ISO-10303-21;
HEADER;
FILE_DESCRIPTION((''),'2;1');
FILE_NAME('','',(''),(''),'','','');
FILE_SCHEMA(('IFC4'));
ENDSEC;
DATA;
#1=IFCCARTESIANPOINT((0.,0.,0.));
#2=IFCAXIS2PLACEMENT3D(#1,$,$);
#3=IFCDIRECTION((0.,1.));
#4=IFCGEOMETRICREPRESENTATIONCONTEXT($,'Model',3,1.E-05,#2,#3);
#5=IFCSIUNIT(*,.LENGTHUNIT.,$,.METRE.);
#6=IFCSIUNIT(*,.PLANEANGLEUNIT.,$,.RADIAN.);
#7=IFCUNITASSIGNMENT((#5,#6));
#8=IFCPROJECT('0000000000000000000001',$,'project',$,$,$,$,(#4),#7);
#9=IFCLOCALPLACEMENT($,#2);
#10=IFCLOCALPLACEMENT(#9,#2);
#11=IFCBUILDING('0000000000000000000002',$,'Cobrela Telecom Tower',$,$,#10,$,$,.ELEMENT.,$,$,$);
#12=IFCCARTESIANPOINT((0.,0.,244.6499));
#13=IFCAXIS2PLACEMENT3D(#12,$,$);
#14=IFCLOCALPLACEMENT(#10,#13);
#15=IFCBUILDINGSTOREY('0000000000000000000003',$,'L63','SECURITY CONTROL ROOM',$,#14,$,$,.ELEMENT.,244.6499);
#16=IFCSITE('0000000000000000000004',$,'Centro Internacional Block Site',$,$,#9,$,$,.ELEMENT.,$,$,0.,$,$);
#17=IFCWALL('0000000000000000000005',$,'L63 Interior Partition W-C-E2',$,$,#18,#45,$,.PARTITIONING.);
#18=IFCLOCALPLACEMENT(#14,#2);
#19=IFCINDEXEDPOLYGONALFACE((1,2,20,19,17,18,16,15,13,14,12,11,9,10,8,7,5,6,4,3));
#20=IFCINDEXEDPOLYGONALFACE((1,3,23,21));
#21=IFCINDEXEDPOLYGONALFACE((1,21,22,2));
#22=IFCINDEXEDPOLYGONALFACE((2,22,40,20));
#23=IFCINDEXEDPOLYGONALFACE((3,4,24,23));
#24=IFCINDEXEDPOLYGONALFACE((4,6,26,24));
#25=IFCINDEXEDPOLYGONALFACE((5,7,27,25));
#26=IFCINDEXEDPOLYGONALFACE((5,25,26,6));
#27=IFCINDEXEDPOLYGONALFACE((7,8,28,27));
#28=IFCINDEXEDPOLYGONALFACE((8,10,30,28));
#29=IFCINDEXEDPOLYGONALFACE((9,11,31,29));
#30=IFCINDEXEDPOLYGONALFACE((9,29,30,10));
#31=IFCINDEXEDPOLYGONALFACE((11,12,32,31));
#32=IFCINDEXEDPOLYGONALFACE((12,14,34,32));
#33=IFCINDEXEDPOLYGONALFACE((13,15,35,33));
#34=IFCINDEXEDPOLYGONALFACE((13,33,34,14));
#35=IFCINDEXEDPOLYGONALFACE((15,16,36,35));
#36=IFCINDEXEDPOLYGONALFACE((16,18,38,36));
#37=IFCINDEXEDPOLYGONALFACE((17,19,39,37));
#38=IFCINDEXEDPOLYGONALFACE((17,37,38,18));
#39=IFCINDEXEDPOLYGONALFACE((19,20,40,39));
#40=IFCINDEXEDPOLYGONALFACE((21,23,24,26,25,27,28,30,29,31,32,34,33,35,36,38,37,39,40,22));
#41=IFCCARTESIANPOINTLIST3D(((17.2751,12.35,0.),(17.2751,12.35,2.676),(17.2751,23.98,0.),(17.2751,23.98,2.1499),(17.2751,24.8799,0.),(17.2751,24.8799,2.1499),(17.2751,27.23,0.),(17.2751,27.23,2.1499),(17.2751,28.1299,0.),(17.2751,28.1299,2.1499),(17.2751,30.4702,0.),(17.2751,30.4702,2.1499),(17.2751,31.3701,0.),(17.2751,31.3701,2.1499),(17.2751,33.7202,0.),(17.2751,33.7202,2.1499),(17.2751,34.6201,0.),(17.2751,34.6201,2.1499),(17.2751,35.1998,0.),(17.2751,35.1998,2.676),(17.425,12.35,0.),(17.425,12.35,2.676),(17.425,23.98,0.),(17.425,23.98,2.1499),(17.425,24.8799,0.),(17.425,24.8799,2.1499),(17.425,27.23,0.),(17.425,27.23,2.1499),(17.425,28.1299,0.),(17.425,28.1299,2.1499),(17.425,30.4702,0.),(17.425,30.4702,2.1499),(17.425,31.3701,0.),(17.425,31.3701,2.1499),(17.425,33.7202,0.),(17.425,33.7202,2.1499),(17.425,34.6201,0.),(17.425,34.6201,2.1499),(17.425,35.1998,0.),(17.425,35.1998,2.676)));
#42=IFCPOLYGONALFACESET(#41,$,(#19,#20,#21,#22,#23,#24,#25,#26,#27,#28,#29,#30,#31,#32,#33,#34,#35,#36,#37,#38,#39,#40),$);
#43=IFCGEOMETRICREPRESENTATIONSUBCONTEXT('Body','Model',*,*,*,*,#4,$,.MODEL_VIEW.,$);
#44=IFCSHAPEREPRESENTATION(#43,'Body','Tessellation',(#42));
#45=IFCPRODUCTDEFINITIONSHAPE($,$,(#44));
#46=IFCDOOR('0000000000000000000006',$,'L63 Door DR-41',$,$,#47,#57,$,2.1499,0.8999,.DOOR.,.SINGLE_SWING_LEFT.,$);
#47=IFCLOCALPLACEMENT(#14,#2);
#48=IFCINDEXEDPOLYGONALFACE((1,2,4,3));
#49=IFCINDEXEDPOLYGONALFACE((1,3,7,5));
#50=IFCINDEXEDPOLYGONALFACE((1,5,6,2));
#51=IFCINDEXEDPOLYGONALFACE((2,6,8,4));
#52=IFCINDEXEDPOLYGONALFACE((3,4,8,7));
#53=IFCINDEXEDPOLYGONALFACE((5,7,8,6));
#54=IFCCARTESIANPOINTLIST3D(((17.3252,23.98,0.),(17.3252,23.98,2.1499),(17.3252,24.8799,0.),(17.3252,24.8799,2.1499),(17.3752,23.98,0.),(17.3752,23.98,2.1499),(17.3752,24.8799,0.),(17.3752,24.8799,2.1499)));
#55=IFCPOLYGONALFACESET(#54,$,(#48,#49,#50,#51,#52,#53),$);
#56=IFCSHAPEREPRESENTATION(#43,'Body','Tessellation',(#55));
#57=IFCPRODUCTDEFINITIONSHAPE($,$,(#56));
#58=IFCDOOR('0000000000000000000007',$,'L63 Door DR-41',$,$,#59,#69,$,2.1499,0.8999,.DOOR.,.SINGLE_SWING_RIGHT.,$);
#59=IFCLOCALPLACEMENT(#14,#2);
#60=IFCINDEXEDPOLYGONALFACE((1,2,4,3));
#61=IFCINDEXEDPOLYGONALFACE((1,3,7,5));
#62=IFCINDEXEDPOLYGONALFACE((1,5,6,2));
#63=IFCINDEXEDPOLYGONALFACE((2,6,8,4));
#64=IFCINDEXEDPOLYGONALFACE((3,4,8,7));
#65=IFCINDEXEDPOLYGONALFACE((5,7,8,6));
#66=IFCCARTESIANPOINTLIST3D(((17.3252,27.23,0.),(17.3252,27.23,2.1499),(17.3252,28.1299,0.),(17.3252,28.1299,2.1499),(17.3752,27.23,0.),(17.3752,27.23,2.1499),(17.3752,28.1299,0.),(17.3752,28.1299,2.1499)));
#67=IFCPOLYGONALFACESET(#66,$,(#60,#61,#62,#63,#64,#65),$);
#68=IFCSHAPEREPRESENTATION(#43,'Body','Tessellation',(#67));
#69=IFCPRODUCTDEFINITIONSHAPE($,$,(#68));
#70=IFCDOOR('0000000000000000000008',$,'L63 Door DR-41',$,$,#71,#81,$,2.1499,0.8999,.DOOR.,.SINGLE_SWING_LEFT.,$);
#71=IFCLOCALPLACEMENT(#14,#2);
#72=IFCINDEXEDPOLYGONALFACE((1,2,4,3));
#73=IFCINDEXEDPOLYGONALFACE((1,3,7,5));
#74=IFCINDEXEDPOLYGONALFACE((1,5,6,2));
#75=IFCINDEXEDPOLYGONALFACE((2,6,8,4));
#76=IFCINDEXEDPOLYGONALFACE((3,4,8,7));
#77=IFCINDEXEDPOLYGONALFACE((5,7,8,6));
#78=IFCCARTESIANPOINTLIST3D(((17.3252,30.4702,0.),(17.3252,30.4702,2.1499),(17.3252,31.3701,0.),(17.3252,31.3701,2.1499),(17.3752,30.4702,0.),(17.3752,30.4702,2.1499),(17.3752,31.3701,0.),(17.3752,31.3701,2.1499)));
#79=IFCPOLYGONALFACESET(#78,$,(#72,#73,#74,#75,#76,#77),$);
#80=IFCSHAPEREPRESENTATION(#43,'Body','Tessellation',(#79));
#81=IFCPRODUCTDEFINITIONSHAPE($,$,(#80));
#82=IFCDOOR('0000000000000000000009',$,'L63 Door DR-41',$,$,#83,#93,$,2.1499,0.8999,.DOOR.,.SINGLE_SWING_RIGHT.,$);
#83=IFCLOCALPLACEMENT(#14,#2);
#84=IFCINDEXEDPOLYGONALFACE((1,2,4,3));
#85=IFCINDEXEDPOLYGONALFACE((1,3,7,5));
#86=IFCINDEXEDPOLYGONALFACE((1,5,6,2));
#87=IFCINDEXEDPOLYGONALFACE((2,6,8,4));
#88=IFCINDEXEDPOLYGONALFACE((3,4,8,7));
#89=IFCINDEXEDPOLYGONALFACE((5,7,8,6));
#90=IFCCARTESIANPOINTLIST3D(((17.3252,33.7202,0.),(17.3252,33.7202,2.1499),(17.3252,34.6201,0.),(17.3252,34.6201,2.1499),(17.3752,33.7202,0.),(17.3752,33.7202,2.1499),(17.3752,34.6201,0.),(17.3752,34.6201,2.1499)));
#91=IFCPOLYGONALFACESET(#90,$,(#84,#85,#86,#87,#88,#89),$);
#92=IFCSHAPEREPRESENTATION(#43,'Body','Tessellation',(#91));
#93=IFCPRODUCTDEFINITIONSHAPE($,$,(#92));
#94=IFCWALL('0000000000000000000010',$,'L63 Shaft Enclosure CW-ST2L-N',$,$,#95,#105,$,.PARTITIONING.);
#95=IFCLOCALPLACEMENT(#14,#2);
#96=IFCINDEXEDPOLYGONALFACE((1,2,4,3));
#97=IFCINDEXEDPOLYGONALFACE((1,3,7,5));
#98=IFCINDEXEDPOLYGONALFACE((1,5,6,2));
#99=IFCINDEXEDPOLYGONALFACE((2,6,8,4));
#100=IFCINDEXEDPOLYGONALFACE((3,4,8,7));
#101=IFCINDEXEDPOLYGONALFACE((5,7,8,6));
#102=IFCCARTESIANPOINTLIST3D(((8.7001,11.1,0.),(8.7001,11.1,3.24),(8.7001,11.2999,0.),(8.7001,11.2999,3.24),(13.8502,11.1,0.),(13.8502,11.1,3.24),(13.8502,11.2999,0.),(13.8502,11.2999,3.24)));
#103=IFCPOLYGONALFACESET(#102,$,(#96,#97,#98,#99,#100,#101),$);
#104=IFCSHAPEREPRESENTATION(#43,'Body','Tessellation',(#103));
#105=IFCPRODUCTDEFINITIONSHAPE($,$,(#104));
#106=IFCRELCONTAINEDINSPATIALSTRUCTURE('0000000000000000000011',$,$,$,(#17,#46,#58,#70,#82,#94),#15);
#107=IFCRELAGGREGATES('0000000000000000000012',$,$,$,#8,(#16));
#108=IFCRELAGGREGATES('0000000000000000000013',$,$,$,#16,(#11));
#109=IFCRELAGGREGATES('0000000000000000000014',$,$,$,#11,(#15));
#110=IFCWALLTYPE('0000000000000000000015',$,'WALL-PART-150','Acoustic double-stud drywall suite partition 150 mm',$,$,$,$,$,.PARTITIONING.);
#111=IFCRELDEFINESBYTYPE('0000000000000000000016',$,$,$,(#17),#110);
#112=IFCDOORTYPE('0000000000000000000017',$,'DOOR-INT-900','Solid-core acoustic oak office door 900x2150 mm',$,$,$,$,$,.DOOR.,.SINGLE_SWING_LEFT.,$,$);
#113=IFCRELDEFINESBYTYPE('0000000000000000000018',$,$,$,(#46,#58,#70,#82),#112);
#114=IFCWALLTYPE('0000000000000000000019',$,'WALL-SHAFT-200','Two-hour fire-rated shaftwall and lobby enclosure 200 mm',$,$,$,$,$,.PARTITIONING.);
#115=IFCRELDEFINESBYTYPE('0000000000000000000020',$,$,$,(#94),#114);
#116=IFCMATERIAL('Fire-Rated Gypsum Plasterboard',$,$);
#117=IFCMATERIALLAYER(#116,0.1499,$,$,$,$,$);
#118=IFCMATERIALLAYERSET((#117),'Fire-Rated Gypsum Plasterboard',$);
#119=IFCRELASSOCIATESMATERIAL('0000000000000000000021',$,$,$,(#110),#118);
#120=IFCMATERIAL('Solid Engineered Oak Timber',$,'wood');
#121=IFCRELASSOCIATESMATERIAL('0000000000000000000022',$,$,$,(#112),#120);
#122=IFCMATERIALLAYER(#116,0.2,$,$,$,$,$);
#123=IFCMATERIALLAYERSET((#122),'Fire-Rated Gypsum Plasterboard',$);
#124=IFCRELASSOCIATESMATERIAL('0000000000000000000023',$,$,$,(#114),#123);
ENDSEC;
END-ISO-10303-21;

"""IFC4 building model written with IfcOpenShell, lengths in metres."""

from ifc_helpers import new_model, si_unit, direction, frame, frame_2d, origin, place, context, subcontext, project, spatial, rectangle, extrude, material, layer, layer_set, type_object, element, fill, save


model = new_model("IFC4")

# Units and contexts
model_context = context("Model", 3, precision=1e-05, world=origin(), true_north=direction((0.0, 1.0)))
body_context = subcontext(model_context, "Body", "Model", "MODEL_VIEW")
ifc_project = project(units=[si_unit("LENGTHUNIT", "METRE"), si_unit("PLANEANGLEUNIT", "RADIAN")], contexts=[model_context])

# Site, building, storey
site_placement = place(None, origin())
site = spatial("IfcSite", under=ifc_project, at=site_placement, Name="Centro Internacional Block Site", CompositionType="ELEMENT", RefElevation=0.0)
building_placement = place(site_placement, origin())
building = spatial("IfcBuilding", under=site, at=building_placement, Name="Cobrela Telecom Tower", CompositionType="ELEMENT")
storey_placement = place(building_placement, frame((0.0, 0.0, 244.6499)))
storey = spatial("IfcBuildingStorey", under=building, at=storey_placement, Name="L63", Description="SECURITY CONTROL ROOM", CompositionType="ELEMENT", Elevation=244.6499)

# Shared definitions
ifc_material_1 = material(Name="Fire-Rated Gypsum Plasterboard")
ifc_material_2 = material(Name="Solid Engineered Oak Timber", Category="wood")

# Shared definitions
ifc_layer_1 = layer(ifc_material_1, 0.1499)
ifc_layer_set_1 = layer_set([ifc_layer_1], Name="Fire-Rated Gypsum Plasterboard")
wall_type_1 = type_object("IfcWallType", Name="WALL-PART-150", Description="Acoustic double-stud drywall suite partition 150 mm", PredefinedType="PARTITIONING", material=ifc_layer_set_1)

# Wall, openings, doors
wall_1_placement = place(storey_placement, frame((17.3501, 12.3501, 0.0), z_axis=(0.0, 0.0, 1.0), x_axis=(0.0, 1.0, 0.0)))
wall_1 = element("IfcWall", 1, at=wall_1_placement, inside=storey, type_object=wall_type_1, Name="L63 Interior Partition W-C-E2", PredefinedType="PARTITIONING", context=body_context, shape_type="SweptSolid", body=[
    extrude(rectangle(XDim=22.8499, YDim=0.1499, at=frame_2d((11.4248, 0.0))), origin(), (0.0, 0.0, 1.0), 2.676),
])
opening_1_placement = place(wall_1_placement, frame((11.6299, 0.0, 0.0)))
opening_1 = element("IfcOpeningElement", 2, at=opening_1_placement, cuts=wall_1, PredefinedType="OPENING", context=body_context, shape_type="SweptSolid", body=[
    extrude(rectangle(XDim=0.8999, YDim=2.1499, at=frame_2d((0.45, 1.075))), frame((0.0, 0.0869, 0.0), z_axis=(0.0, -1.0, 0.0), x_axis=(1.0, 0.0, 0.0)), (0.0, 0.0, 1.0), 0.1738),
])
opening_2_placement = place(wall_1_placement, frame((14.8799, 0.0, 0.0)))
opening_2 = element("IfcOpeningElement", 3, at=opening_2_placement, cuts=wall_1, PredefinedType="OPENING", context=body_context, shape_type="SweptSolid", body=[
    extrude(rectangle(XDim=0.8999, YDim=2.1499, at=frame_2d((0.45, 1.075))), frame((0.0, 0.0869, 0.0), z_axis=(0.0, -1.0, 0.0), x_axis=(1.0, 0.0, 0.0)), (0.0, 0.0, 1.0), 0.1738),
])
opening_3_placement = place(wall_1_placement, frame((18.1201, 0.0, 0.0)))
opening_3 = element("IfcOpeningElement", 4, at=opening_3_placement, cuts=wall_1, PredefinedType="OPENING", context=body_context, shape_type="SweptSolid", body=[
    extrude(rectangle(XDim=0.8999, YDim=2.1499, at=frame_2d((0.45, 1.075))), frame((0.0, 0.0869, 0.0), z_axis=(0.0, -1.0, 0.0), x_axis=(1.0, 0.0, 0.0)), (0.0, 0.0, 1.0), 0.1738),
])
opening_4_placement = place(wall_1_placement, frame((21.3701, 0.0, 0.0)))
opening_4 = element("IfcOpeningElement", 5, at=opening_4_placement, cuts=wall_1, PredefinedType="OPENING", context=body_context, shape_type="SweptSolid", body=[
    extrude(rectangle(XDim=0.8999, YDim=2.1499, at=frame_2d((0.45, 1.075))), frame((0.0, 0.0869, 0.0), z_axis=(0.0, -1.0, 0.0), x_axis=(1.0, 0.0, 0.0)), (0.0, 0.0, 1.0), 0.1738),
])
door_type_1 = type_object("IfcDoorType", Name="DOOR-INT-900", Description="Solid-core acoustic oak office door 900x2150 mm", OperationType="SINGLE_SWING_LEFT", PredefinedType="DOOR", material=ifc_material_2)
door_1_placement = place(opening_1_placement, origin())
door_1 = element("IfcDoor", 6, at=door_1_placement, inside=storey, type_object=door_type_1, Name="L63 Door DR-41", OperationType="SINGLE_SWING_LEFT", OverallHeight=2.1499, OverallWidth=0.8999, PredefinedType="DOOR", context=body_context, shape_type="SweptSolid", body=[
    extrude(rectangle(XDim=0.8999, YDim=2.1499, at=frame_2d((0.45, 1.075))), frame((0.0, 0.0249, 0.0), z_axis=(0.0, -1.0, 0.0), x_axis=(1.0, 0.0, 0.0)), (0.0, 0.0, 1.0), 0.05),
])
fill(opening_1, door_1)
door_2_placement = place(opening_2_placement, origin())
door_2 = element("IfcDoor", 7, at=door_2_placement, inside=storey, type_object=door_type_1, Name="L63 Door DR-41", OperationType="SINGLE_SWING_RIGHT", OverallHeight=2.1499, OverallWidth=0.8999, PredefinedType="DOOR", context=body_context, shape_type="SweptSolid", body=[
    extrude(rectangle(XDim=0.8999, YDim=2.1499, at=frame_2d((0.45, 1.075))), frame((0.0, 0.0249, 0.0), z_axis=(0.0, -1.0, 0.0), x_axis=(1.0, 0.0, 0.0)), (0.0, 0.0, 1.0), 0.05),
])
fill(opening_2, door_2)
door_3_placement = place(opening_3_placement, origin())
door_3 = element("IfcDoor", 8, at=door_3_placement, inside=storey, type_object=door_type_1, Name="L63 Door DR-41", OperationType="SINGLE_SWING_LEFT", OverallHeight=2.1499, OverallWidth=0.8999, PredefinedType="DOOR", context=body_context, shape_type="SweptSolid", body=[
    extrude(rectangle(XDim=0.8999, YDim=2.1499, at=frame_2d((0.45, 1.075))), frame((0.0, 0.0249, 0.0), z_axis=(0.0, -1.0, 0.0), x_axis=(1.0, 0.0, 0.0)), (0.0, 0.0, 1.0), 0.05),
])
fill(opening_3, door_3)
door_4_placement = place(opening_4_placement, origin())
door_4 = element("IfcDoor", 9, at=door_4_placement, inside=storey, type_object=door_type_1, Name="L63 Door DR-41", OperationType="SINGLE_SWING_RIGHT", OverallHeight=2.1499, OverallWidth=0.8999, PredefinedType="DOOR", context=body_context, shape_type="SweptSolid", body=[
    extrude(rectangle(XDim=0.8999, YDim=2.1499, at=frame_2d((0.45, 1.075))), frame((0.0, 0.0249, 0.0), z_axis=(0.0, -1.0, 0.0), x_axis=(1.0, 0.0, 0.0)), (0.0, 0.0, 1.0), 0.05),
])
fill(opening_4, door_4)

# Wall
ifc_layer_2 = layer(ifc_material_1, 0.2)
ifc_layer_set_2 = layer_set([ifc_layer_2], Name="Fire-Rated Gypsum Plasterboard")
wall_type_2 = type_object("IfcWallType", Name="WALL-SHAFT-200", Description="Two-hour fire-rated shaftwall and lobby enclosure 200 mm", PredefinedType="PARTITIONING", material=ifc_layer_set_2)
wall_2_placement = place(storey_placement, frame((8.7, 11.2, 0.0), z_axis=(0.0, 0.0, 1.0), x_axis=(1.0, 0.0, 0.0)))
element("IfcWall", 10, at=wall_2_placement, inside=storey, type_object=wall_type_2, Name="L63 Shaft Enclosure CW-ST2L-N", PredefinedType="PARTITIONING", context=body_context, shape_type="SweptSolid", body=[
    extrude(rectangle(XDim=5.1501, YDim=0.2, at=frame_2d((2.5752, 0.0))), origin(), (0.0, 0.0, 1.0), 3.24),
])

save(model, "model.ifc")
